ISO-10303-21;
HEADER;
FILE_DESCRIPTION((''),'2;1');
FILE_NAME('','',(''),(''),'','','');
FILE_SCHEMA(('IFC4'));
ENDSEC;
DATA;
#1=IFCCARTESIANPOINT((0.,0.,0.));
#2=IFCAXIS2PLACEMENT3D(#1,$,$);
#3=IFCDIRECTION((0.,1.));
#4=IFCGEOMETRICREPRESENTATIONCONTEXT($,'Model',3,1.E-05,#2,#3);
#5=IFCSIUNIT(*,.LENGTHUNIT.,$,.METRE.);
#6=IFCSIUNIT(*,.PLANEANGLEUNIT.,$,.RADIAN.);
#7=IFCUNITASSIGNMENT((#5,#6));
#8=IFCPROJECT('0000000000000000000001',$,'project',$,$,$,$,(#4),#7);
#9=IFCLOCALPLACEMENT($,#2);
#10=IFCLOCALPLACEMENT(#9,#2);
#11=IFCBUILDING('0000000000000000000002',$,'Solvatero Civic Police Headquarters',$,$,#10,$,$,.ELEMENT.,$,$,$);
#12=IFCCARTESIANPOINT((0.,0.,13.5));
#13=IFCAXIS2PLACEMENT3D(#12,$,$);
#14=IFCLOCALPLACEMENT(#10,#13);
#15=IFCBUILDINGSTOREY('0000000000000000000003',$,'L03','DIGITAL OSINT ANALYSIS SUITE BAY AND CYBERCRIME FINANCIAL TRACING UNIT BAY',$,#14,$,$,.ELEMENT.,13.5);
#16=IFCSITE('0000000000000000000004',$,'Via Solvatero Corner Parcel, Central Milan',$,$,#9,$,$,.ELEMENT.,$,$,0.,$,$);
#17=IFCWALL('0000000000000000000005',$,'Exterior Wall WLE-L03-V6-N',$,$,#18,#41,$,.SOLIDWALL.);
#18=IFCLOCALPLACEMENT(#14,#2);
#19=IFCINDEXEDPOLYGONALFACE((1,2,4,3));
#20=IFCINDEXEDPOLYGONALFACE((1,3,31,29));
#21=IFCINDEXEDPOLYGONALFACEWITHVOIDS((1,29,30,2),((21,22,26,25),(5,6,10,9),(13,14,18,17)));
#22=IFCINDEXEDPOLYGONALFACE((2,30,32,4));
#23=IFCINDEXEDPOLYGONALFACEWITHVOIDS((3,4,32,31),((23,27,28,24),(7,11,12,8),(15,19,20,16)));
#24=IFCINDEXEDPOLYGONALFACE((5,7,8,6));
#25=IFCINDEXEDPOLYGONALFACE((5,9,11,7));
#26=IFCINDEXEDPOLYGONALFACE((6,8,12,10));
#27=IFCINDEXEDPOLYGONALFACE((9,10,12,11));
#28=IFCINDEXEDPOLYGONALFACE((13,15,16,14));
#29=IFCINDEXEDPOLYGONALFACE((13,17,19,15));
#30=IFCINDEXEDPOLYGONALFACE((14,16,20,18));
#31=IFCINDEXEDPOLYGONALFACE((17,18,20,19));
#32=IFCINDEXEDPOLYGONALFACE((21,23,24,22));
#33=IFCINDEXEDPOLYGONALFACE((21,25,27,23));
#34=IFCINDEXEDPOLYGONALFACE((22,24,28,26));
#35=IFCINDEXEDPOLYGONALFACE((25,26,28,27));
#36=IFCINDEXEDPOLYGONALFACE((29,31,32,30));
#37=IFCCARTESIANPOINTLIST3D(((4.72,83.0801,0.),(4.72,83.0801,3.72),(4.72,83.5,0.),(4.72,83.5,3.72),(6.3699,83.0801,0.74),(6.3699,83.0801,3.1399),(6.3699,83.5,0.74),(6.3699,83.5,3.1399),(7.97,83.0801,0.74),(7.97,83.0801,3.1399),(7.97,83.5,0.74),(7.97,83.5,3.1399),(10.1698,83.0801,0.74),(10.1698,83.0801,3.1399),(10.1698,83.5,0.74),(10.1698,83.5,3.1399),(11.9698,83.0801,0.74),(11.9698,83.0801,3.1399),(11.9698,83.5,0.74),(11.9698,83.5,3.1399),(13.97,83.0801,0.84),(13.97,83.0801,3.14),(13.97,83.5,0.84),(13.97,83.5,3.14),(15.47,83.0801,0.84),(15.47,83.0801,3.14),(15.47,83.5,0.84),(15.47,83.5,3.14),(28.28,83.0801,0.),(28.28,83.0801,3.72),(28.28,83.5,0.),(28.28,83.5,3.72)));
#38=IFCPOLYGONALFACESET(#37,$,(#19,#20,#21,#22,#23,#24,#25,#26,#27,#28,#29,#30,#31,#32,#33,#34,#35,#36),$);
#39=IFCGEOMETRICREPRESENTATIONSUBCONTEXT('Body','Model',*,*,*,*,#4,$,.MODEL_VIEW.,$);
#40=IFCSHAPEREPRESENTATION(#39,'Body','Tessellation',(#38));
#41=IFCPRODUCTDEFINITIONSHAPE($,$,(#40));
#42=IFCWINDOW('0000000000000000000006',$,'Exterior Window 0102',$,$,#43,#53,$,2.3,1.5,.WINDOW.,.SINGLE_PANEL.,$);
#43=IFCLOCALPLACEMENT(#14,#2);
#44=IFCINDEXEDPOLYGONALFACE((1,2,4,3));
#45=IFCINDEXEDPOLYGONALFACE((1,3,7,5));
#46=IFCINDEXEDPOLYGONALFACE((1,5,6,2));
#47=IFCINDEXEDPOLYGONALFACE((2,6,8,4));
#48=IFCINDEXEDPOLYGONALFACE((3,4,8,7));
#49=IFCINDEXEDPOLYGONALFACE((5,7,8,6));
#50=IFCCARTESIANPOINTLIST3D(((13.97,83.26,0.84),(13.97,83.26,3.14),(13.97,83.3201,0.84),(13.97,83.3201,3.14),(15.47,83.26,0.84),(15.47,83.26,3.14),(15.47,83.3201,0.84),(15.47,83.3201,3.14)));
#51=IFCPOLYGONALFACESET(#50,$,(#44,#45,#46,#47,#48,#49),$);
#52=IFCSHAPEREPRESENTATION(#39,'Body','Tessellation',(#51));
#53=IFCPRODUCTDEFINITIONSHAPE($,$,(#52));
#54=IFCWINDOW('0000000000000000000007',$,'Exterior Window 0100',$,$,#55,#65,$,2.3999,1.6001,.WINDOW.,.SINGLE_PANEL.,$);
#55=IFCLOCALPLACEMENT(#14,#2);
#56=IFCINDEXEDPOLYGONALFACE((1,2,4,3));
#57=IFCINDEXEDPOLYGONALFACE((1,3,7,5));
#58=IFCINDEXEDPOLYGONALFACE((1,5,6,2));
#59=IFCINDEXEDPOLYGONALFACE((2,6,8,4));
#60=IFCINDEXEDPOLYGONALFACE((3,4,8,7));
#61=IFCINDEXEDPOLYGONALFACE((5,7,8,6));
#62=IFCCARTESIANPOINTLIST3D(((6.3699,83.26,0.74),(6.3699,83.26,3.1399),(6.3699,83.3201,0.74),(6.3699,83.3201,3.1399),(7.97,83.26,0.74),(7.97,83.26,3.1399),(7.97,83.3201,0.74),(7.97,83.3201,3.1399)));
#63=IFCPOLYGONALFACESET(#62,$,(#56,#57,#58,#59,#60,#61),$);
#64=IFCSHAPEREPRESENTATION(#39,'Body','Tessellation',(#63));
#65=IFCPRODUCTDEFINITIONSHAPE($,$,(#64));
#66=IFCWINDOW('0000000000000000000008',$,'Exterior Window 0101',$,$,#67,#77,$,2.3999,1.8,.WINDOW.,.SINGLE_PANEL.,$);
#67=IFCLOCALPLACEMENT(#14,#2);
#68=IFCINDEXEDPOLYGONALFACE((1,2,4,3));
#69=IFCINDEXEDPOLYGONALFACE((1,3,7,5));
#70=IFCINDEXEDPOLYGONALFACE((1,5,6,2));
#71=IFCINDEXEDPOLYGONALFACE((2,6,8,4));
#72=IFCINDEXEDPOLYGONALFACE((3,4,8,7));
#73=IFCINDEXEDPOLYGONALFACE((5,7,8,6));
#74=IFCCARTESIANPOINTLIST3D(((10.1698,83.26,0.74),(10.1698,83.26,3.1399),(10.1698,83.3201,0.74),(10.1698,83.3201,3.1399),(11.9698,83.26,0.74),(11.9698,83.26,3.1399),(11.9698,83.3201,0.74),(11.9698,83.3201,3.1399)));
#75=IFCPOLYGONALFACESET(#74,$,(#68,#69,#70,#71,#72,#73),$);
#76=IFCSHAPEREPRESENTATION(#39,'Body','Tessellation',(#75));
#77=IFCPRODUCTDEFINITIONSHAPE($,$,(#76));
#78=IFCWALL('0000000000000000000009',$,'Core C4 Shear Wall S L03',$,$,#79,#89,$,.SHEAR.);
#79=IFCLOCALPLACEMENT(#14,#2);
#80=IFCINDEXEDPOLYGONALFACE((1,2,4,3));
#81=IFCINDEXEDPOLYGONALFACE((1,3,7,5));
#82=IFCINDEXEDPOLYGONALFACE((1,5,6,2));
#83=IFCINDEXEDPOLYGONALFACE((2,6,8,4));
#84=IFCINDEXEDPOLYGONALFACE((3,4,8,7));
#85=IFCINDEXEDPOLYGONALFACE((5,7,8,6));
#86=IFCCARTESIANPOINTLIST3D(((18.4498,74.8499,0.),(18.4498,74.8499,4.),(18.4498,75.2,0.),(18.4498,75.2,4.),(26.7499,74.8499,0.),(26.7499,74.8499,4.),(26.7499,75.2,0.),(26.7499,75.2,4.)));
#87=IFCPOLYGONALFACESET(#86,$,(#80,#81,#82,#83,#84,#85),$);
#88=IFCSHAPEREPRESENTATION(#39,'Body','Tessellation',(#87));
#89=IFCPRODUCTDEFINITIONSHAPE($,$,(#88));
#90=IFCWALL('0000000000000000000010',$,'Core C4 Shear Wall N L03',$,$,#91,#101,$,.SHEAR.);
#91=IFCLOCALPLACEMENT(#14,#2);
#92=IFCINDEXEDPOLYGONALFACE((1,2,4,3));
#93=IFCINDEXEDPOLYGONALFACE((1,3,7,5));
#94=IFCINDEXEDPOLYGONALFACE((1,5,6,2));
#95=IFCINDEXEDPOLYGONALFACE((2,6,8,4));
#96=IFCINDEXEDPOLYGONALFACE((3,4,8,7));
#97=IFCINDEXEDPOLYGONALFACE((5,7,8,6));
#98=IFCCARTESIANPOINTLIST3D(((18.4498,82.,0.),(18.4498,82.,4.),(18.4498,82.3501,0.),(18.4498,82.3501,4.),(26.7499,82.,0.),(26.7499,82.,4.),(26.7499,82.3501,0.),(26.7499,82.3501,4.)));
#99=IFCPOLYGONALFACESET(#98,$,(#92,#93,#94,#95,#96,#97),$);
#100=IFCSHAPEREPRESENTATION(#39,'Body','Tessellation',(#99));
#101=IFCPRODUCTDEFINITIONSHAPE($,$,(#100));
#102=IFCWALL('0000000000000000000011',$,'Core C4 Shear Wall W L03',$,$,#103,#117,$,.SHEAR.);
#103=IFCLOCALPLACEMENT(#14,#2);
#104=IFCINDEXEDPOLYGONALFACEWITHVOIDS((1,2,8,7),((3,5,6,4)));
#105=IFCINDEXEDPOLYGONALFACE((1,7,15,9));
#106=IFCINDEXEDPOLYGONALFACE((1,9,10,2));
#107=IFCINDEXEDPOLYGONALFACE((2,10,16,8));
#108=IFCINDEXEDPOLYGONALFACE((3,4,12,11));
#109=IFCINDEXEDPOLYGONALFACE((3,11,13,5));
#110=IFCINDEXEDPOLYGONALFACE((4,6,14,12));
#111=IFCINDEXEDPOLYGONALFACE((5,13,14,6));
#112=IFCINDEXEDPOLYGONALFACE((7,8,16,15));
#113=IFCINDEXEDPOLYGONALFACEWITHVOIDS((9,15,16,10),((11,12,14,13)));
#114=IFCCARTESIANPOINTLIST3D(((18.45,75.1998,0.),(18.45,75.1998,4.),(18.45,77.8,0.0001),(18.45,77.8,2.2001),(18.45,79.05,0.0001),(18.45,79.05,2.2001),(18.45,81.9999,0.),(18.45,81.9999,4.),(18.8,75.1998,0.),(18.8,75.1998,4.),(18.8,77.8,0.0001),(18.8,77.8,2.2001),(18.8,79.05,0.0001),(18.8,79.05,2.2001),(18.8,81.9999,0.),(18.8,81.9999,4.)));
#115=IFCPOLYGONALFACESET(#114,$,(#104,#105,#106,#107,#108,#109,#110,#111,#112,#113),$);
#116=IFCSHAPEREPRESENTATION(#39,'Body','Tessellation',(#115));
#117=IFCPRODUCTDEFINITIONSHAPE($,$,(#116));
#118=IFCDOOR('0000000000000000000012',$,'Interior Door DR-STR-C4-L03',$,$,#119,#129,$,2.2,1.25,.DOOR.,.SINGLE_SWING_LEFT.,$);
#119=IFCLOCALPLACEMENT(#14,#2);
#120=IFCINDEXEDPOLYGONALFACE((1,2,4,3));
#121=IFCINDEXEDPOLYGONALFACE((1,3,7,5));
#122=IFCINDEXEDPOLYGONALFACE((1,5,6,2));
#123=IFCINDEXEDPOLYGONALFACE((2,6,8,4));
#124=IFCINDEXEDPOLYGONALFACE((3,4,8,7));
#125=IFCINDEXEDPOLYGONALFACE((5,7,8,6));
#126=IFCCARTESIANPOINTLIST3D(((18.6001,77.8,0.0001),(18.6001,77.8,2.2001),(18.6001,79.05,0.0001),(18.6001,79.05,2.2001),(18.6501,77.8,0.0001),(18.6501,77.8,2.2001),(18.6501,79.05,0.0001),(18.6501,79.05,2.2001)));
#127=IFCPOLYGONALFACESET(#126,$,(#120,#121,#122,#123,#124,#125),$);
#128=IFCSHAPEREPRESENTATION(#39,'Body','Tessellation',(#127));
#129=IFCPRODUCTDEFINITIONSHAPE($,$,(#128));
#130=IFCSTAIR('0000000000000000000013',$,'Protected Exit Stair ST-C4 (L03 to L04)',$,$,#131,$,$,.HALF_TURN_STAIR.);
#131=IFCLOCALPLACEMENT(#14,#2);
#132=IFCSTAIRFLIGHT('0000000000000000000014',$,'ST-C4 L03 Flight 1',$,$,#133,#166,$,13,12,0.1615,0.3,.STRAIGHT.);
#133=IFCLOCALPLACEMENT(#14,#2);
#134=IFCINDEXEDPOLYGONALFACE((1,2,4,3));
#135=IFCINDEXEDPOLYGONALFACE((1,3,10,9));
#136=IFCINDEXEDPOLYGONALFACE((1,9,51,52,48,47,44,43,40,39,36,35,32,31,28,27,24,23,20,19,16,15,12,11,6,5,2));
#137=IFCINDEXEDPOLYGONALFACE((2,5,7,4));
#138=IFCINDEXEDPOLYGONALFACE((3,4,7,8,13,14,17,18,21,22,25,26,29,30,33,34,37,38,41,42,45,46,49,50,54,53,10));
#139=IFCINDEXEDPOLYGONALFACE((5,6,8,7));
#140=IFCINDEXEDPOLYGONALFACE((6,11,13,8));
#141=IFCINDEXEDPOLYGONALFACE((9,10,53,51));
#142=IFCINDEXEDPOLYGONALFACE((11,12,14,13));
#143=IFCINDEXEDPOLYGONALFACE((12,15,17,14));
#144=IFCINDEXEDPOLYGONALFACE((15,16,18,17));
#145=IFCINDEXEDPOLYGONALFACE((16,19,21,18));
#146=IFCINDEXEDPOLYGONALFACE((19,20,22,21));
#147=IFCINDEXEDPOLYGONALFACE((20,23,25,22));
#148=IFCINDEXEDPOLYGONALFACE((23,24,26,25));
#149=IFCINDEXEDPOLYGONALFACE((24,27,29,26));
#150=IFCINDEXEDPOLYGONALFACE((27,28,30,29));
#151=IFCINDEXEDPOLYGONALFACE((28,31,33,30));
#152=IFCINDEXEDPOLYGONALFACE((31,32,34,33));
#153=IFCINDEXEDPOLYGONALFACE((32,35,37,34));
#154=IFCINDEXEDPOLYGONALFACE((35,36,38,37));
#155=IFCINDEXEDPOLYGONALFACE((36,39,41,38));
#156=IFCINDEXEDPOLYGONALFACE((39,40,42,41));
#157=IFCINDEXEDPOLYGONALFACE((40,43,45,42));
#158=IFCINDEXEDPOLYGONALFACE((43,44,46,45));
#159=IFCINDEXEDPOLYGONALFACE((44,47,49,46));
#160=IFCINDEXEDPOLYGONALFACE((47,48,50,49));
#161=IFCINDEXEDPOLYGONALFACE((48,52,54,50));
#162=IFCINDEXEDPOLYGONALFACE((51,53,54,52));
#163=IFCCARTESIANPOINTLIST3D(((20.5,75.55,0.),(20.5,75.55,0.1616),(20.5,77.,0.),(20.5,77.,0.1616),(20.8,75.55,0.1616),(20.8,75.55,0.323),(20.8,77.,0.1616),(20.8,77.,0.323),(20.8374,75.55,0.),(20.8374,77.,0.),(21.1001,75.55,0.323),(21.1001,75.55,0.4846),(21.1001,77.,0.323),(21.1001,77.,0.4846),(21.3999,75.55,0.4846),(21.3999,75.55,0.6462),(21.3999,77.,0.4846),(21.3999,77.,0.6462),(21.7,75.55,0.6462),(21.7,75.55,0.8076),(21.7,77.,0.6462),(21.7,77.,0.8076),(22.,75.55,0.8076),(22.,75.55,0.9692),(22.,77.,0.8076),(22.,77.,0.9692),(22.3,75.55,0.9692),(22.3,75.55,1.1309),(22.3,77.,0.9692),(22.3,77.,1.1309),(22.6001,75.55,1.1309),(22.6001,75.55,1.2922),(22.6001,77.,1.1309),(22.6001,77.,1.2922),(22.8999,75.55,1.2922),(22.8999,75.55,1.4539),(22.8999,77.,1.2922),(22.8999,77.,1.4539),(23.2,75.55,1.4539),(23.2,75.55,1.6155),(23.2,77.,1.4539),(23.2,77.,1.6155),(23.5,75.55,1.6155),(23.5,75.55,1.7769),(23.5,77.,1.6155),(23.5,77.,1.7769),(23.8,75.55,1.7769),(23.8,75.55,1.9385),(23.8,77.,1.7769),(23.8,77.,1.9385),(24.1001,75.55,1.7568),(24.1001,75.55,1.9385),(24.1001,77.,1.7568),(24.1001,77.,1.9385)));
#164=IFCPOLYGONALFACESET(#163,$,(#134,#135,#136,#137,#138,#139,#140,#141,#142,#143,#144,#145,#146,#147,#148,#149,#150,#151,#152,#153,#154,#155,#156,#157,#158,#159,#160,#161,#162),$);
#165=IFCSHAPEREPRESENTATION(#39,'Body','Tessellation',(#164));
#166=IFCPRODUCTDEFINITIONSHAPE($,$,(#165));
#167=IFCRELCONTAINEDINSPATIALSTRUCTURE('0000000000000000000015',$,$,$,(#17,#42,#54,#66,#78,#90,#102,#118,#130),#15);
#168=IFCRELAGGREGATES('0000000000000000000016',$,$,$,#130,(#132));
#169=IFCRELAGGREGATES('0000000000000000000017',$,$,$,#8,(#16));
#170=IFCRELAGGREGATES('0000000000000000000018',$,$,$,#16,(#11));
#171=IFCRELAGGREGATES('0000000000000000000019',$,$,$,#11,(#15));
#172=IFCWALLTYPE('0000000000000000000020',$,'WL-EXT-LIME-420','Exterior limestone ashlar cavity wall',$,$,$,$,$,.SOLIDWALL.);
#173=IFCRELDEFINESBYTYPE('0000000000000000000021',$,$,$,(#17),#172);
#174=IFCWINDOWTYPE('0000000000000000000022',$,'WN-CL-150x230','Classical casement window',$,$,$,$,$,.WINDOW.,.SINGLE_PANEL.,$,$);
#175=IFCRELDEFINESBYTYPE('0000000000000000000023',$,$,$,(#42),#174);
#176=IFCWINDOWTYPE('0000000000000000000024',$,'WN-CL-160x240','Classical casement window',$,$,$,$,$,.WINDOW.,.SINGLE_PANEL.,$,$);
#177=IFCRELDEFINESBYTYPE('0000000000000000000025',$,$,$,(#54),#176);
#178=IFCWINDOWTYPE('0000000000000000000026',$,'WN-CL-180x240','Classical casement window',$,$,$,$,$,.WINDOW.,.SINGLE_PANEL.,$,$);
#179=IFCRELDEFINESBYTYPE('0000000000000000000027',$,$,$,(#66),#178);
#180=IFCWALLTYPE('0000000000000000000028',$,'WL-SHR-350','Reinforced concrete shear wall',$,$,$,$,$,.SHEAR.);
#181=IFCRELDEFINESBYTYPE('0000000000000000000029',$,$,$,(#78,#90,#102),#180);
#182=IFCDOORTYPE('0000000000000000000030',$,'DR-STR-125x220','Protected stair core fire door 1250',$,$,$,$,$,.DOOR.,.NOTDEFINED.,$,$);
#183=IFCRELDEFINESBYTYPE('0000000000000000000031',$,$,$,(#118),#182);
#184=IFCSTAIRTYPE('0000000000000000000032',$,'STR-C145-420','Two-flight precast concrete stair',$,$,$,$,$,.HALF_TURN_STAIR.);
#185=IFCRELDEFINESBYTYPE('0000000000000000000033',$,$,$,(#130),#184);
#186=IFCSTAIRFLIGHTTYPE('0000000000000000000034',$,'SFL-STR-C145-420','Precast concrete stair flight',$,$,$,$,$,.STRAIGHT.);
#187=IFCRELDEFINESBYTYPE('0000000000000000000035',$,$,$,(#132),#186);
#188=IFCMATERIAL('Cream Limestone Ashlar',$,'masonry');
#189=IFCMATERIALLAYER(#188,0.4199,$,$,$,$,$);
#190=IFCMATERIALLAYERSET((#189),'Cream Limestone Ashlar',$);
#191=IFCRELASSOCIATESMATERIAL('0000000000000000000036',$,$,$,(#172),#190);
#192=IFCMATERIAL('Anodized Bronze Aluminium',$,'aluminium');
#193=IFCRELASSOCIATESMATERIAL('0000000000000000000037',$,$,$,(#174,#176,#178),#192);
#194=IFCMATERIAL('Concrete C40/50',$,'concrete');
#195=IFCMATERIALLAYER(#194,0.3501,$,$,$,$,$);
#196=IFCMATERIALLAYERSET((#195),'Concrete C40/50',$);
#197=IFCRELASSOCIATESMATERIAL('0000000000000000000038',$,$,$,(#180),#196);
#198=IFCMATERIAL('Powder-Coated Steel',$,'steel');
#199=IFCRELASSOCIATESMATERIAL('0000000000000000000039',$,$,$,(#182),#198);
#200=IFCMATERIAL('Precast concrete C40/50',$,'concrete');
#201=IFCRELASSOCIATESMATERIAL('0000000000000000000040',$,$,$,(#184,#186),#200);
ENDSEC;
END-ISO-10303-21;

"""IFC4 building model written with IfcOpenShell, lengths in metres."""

from ifc_helpers import new_model, si_unit, direction, frame, frame_2d, origin, place, context, subcontext, project, spatial, polyline, rectangle, outline, extrude, material, layer, layer_set, type_object, element, fill, aggregate, save


model = new_model("IFC4")

# Units and contexts
model_context = context("Model", 3, precision=1e-05, world=origin(), true_north=direction((0.0, 1.0)))
body_context = subcontext(model_context, "Body", "Model", "MODEL_VIEW")
ifc_project = project(units=[si_unit("LENGTHUNIT", "METRE"), si_unit("PLANEANGLEUNIT", "RADIAN")], contexts=[model_context])

# Site, building, storey
site_placement = place(None, origin())
site = spatial("IfcSite", under=ifc_project, at=site_placement, Name="Via Solvatero Corner Parcel, Central Milan", CompositionType="ELEMENT", RefElevation=0.0)
building_placement = place(site_placement, origin())
building = spatial("IfcBuilding", under=site, at=building_placement, Name="Solvatero Civic Police Headquarters", CompositionType="ELEMENT")
storey_placement = place(building_placement, frame((0.0, 0.0, 13.5)))
storey = spatial("IfcBuildingStorey", under=building, at=storey_placement, Name="L03", Description="DIGITAL OSINT ANALYSIS SUITE BAY AND CYBERCRIME FINANCIAL TRACING UNIT BAY", CompositionType="ELEMENT", Elevation=13.5)

# Wall, openings, windows
ifc_material_1 = material(Name="Cream Limestone Ashlar", Category="masonry")
ifc_layer_1 = layer(ifc_material_1, 0.4199)
ifc_layer_set_1 = layer_set([ifc_layer_1], Name="Cream Limestone Ashlar")
wall_type_1 = type_object("IfcWallType", Name="WL-EXT-LIME-420", Description="Exterior limestone ashlar cavity wall", PredefinedType="SOLIDWALL", material=ifc_layer_set_1)
wall_1_placement = place(storey_placement, frame((4.72, 83.29, 0.0), z_axis=(0.0, 0.0, 1.0), x_axis=(1.0, 0.0, 0.0)))
wall_1 = element("IfcWall", 1, at=wall_1_placement, inside=storey, type_object=wall_type_1, Name="Exterior Wall WLE-L03-V6-N", PredefinedType="SOLIDWALL", context=body_context, shape_type="SweptSolid", body=[
    extrude(rectangle(XDim=23.5601, YDim=0.4199, at=frame_2d((11.78, 0.0))), origin(), (0.0, 0.0, 1.0), 3.72),
])
opening_1_placement = place(wall_1_placement, frame((1.6499, 0.0, 0.74)))
opening_1 = element("IfcOpeningElement", 2, at=opening_1_placement, cuts=wall_1, PredefinedType="OPENING", context=body_context, shape_type="SweptSolid", body=[
    extrude(rectangle(XDim=1.6001, YDim=2.3999, at=frame_2d((0.8, 1.2))), frame((0.0, 0.22, 0.0), z_axis=(0.0, -1.0, 0.0), x_axis=(1.0, 0.0, 0.0)), (0.0, 0.0, 1.0), 0.4399),
])
opening_2_placement = place(wall_1_placement, frame((5.45, 0.0, 0.74)))
opening_2 = element("IfcOpeningElement", 3, at=opening_2_placement, cuts=wall_1, PredefinedType="OPENING", context=body_context, shape_type="SweptSolid", body=[
    extrude(rectangle(XDim=1.8, YDim=2.3999, at=frame_2d((0.8999, 1.2))), frame((0.0, 0.22, 0.0), z_axis=(0.0, -1.0, 0.0), x_axis=(1.0, 0.0, 0.0)), (0.0, 0.0, 1.0), 0.4399),
])
opening_3_placement = place(wall_1_placement, frame((9.25, 0.0, 0.8401)))
opening_3 = element("IfcOpeningElement", 4, at=opening_3_placement, cuts=wall_1, PredefinedType="OPENING", context=body_context, shape_type="SweptSolid", body=[
    extrude(rectangle(XDim=1.5, YDim=2.3, at=frame_2d((0.75, 1.1499))), frame((0.0, 0.22, 0.0), z_axis=(0.0, -1.0, 0.0), x_axis=(1.0, 0.0, 0.0)), (0.0, 0.0, 1.0), 0.4399),
])
ifc_material_2 = material(Name="Anodized Bronze Aluminium", Category="aluminium")
window_type_1 = type_object("IfcWindowType", Name="WN-CL-150x230", Description="Classical casement window", PartitioningType="SINGLE_PANEL", PredefinedType="WINDOW", material=ifc_material_2)
window_1_placement = place(opening_3_placement, origin())
window_1 = element("IfcWindow", 5, at=window_1_placement, inside=storey, type_object=window_type_1, Name="Exterior Window 0102", OverallHeight=2.3, OverallWidth=1.5, PartitioningType="SINGLE_PANEL", PredefinedType="WINDOW", context=body_context, shape_type="SweptSolid", body=[
    extrude(rectangle(XDim=1.5, YDim=2.3, at=frame_2d((0.75, 1.1499))), frame((0.0, 0.03, 0.0), z_axis=(0.0, -1.0, 0.0), x_axis=(1.0, 0.0, 0.0)), (0.0, 0.0, 1.0), 0.0601),
])
fill(opening_3, window_1)
window_type_2 = type_object("IfcWindowType", Name="WN-CL-160x240", Description="Classical casement window", PartitioningType="SINGLE_PANEL", PredefinedType="WINDOW", material=ifc_material_2)
window_2_placement = place(opening_1_placement, origin())
window_2 = element("IfcWindow", 6, at=window_2_placement, inside=storey, type_object=window_type_2, Name="Exterior Window 0100", OverallHeight=2.3999, OverallWidth=1.6001, PartitioningType="SINGLE_PANEL", PredefinedType="WINDOW", context=body_context, shape_type="SweptSolid", body=[
    extrude(rectangle(XDim=1.6001, YDim=2.3999, at=frame_2d((0.8, 1.2))), frame((0.0, 0.03, 0.0), z_axis=(0.0, -1.0, 0.0), x_axis=(1.0, 0.0, 0.0)), (0.0, 0.0, 1.0), 0.0601),
])
fill(opening_1, window_2)
window_type_3 = type_object("IfcWindowType", Name="WN-CL-180x240", Description="Classical casement window", PartitioningType="SINGLE_PANEL", PredefinedType="WINDOW", material=ifc_material_2)
window_3_placement = place(opening_2_placement, origin())
window_3 = element("IfcWindow", 7, at=window_3_placement, inside=storey, type_object=window_type_3, Name="Exterior Window 0101", OverallHeight=2.3999, OverallWidth=1.8, PartitioningType="SINGLE_PANEL", PredefinedType="WINDOW", context=body_context, shape_type="SweptSolid", body=[
    extrude(rectangle(XDim=1.8, YDim=2.3999, at=frame_2d((0.8999, 1.2))), frame((0.0, 0.03, 0.0), z_axis=(0.0, -1.0, 0.0), x_axis=(1.0, 0.0, 0.0)), (0.0, 0.0, 1.0), 0.0601),
])
fill(opening_2, window_3)

# Walls
ifc_material_3 = material(Name="Concrete C40/50", Category="concrete")
ifc_layer_2 = layer(ifc_material_3, 0.3501)
ifc_layer_set_2 = layer_set([ifc_layer_2], Name="Concrete C40/50")
wall_type_2 = type_object("IfcWallType", Name="WL-SHR-350", Description="Reinforced concrete shear wall", PredefinedType="SHEAR", material=ifc_layer_set_2)
for number, where, z_axis, x_axis, name in (
    (8, (18.45, 75.0249, 0.0), (0.0, 0.0, 1.0), (1.0, 0.0, 0.0), "Core C4 Shear Wall S L03"),
    (9, (18.45, 82.175, 0.0), (0.0, 0.0, 1.0), (1.0, 0.0, 0.0), "Core C4 Shear Wall N L03"),
):
    element("IfcWall", number, at=place(storey_placement, frame(where, z_axis=z_axis, x_axis=x_axis)), inside=storey, type_object=wall_type_2, Name=name, PredefinedType="SHEAR", context=body_context, shape_type="SweptSolid", body=[
        extrude(rectangle(XDim=8.3, YDim=0.3501, at=frame_2d((4.1499, 0.0))), origin(), (0.0, 0.0, 1.0), 4.0),
    ])

# Wall, opening, door
wall_2_placement = place(storey_placement, frame((18.625, 75.2, 0.0), z_axis=(0.0, 0.0, 1.0), x_axis=(0.0, 1.0, 0.0)))
wall_2 = element("IfcWall", 10, at=wall_2_placement, inside=storey, type_object=wall_type_2, Name="Core C4 Shear Wall W L03", PredefinedType="SHEAR", context=body_context, shape_type="SweptSolid", body=[
    extrude(rectangle(XDim=6.8, YDim=0.3501, at=frame_2d((3.3999, 0.0))), origin(), (0.0, 0.0, 1.0), 4.0),
])
opening_4_placement = place(wall_2_placement, frame((2.6001, 0.0, 0.0)))
opening_4 = element("IfcOpeningElement", 11, at=opening_4_placement, cuts=wall_2, PredefinedType="OPENING", context=body_context, shape_type="SweptSolid", body=[
    extrude(rectangle(XDim=1.25, YDim=2.2, at=frame_2d((0.625, 1.1001))), frame((0.0, 0.1851, 0.0), z_axis=(0.0, -1.0, 0.0), x_axis=(1.0, 0.0, 0.0)), (0.0, 0.0, 1.0), 0.3701),
])
ifc_material_4 = material(Name="Powder-Coated Steel", Category="steel")
door_type = type_object("IfcDoorType", Name="DR-STR-125x220", Description="Protected stair core fire door 1250", OperationType="NOTDEFINED", PredefinedType="DOOR", material=ifc_material_4)
door_placement = place(opening_4_placement, origin())
door = element("IfcDoor", 12, at=door_placement, inside=storey, type_object=door_type, Name="Interior Door DR-STR-C4-L03", OperationType="SINGLE_SWING_LEFT", OverallHeight=2.2, OverallWidth=1.25, PredefinedType="DOOR", context=body_context, shape_type="SweptSolid", body=[
    extrude(rectangle(XDim=1.25, YDim=2.2, at=frame_2d((0.625, 1.1001))), frame((0.0, 0.0249, 0.0), z_axis=(0.0, -1.0, 0.0), x_axis=(1.0, 0.0, 0.0)), (0.0, 0.0, 1.0), 0.05),
])
fill(opening_4, door)

# Stair, stair flight
ifc_material_5 = material(Name="Precast concrete C40/50", Category="concrete")
stair_type = type_object("IfcStairType", Name="STR-C145-420", Description="Two-flight precast concrete stair", PredefinedType="HALF_TURN_STAIR", material=ifc_material_5)
stair_placement = place(storey_placement, origin())
stair = element("IfcStair", 13, at=stair_placement, inside=storey, type_object=stair_type, Name="Protected Exit Stair ST-C4 (L03 to L04)", PredefinedType="HALF_TURN_STAIR")
stair_flight_type = type_object("IfcStairFlightType", Name="SFL-STR-C145-420", Description="Precast concrete stair flight", PredefinedType="STRAIGHT", material=ifc_material_5)
stair_flight_placement = place(storey_placement, frame((20.5, 76.2749, 0.0), z_axis=(0.0, 0.0, 1.0), x_axis=(1.0, 0.0, 0.0)))
stair_flight = element("IfcStairFlight", 14, at=stair_flight_placement, type_object=stair_flight_type, Name="ST-C4 L03 Flight 1", NumberOfRisers=13, NumberOfTreads=12, PredefinedType="STRAIGHT", RiserHeight=0.1615, TreadLength=0.3, context=body_context, shape_type="SweptSolid", body=[
    extrude(outline(polyline([(0.0, 0.0), (0.0, 0.1616), (0.3, 0.1616), (0.3, 0.323), (0.6001, 0.323), (0.6001, 0.4846), (0.8999, 0.4846), (0.8999, 0.6462), (1.2, 0.6462), (1.2, 0.8076), (1.5, 0.8076), (1.5, 0.9692), (1.8, 0.9692), (1.8, 1.1309), (2.1001, 1.1309), (2.1001, 1.2922), (2.3999, 1.2922), (2.3999, 1.4539), (2.7, 1.4539), (2.7, 1.6155), (3.0, 1.6155), (3.0, 1.7769), (3.3, 1.7769), (3.3, 1.9385), (3.6001, 1.9385), (3.6001, 2.1001), (3.6001, 1.7568), (0.3374, 0.0), (0.0, 0.0)])), frame((0.0, 0.7251, 0.0), z_axis=(0.0, -1.0, 0.0), x_axis=(1.0, 0.0, 0.0)), (0.0, 0.0, 1.0), 1.45),
])
aggregate(stair, [stair_flight])

save(model, "model.ifc")
